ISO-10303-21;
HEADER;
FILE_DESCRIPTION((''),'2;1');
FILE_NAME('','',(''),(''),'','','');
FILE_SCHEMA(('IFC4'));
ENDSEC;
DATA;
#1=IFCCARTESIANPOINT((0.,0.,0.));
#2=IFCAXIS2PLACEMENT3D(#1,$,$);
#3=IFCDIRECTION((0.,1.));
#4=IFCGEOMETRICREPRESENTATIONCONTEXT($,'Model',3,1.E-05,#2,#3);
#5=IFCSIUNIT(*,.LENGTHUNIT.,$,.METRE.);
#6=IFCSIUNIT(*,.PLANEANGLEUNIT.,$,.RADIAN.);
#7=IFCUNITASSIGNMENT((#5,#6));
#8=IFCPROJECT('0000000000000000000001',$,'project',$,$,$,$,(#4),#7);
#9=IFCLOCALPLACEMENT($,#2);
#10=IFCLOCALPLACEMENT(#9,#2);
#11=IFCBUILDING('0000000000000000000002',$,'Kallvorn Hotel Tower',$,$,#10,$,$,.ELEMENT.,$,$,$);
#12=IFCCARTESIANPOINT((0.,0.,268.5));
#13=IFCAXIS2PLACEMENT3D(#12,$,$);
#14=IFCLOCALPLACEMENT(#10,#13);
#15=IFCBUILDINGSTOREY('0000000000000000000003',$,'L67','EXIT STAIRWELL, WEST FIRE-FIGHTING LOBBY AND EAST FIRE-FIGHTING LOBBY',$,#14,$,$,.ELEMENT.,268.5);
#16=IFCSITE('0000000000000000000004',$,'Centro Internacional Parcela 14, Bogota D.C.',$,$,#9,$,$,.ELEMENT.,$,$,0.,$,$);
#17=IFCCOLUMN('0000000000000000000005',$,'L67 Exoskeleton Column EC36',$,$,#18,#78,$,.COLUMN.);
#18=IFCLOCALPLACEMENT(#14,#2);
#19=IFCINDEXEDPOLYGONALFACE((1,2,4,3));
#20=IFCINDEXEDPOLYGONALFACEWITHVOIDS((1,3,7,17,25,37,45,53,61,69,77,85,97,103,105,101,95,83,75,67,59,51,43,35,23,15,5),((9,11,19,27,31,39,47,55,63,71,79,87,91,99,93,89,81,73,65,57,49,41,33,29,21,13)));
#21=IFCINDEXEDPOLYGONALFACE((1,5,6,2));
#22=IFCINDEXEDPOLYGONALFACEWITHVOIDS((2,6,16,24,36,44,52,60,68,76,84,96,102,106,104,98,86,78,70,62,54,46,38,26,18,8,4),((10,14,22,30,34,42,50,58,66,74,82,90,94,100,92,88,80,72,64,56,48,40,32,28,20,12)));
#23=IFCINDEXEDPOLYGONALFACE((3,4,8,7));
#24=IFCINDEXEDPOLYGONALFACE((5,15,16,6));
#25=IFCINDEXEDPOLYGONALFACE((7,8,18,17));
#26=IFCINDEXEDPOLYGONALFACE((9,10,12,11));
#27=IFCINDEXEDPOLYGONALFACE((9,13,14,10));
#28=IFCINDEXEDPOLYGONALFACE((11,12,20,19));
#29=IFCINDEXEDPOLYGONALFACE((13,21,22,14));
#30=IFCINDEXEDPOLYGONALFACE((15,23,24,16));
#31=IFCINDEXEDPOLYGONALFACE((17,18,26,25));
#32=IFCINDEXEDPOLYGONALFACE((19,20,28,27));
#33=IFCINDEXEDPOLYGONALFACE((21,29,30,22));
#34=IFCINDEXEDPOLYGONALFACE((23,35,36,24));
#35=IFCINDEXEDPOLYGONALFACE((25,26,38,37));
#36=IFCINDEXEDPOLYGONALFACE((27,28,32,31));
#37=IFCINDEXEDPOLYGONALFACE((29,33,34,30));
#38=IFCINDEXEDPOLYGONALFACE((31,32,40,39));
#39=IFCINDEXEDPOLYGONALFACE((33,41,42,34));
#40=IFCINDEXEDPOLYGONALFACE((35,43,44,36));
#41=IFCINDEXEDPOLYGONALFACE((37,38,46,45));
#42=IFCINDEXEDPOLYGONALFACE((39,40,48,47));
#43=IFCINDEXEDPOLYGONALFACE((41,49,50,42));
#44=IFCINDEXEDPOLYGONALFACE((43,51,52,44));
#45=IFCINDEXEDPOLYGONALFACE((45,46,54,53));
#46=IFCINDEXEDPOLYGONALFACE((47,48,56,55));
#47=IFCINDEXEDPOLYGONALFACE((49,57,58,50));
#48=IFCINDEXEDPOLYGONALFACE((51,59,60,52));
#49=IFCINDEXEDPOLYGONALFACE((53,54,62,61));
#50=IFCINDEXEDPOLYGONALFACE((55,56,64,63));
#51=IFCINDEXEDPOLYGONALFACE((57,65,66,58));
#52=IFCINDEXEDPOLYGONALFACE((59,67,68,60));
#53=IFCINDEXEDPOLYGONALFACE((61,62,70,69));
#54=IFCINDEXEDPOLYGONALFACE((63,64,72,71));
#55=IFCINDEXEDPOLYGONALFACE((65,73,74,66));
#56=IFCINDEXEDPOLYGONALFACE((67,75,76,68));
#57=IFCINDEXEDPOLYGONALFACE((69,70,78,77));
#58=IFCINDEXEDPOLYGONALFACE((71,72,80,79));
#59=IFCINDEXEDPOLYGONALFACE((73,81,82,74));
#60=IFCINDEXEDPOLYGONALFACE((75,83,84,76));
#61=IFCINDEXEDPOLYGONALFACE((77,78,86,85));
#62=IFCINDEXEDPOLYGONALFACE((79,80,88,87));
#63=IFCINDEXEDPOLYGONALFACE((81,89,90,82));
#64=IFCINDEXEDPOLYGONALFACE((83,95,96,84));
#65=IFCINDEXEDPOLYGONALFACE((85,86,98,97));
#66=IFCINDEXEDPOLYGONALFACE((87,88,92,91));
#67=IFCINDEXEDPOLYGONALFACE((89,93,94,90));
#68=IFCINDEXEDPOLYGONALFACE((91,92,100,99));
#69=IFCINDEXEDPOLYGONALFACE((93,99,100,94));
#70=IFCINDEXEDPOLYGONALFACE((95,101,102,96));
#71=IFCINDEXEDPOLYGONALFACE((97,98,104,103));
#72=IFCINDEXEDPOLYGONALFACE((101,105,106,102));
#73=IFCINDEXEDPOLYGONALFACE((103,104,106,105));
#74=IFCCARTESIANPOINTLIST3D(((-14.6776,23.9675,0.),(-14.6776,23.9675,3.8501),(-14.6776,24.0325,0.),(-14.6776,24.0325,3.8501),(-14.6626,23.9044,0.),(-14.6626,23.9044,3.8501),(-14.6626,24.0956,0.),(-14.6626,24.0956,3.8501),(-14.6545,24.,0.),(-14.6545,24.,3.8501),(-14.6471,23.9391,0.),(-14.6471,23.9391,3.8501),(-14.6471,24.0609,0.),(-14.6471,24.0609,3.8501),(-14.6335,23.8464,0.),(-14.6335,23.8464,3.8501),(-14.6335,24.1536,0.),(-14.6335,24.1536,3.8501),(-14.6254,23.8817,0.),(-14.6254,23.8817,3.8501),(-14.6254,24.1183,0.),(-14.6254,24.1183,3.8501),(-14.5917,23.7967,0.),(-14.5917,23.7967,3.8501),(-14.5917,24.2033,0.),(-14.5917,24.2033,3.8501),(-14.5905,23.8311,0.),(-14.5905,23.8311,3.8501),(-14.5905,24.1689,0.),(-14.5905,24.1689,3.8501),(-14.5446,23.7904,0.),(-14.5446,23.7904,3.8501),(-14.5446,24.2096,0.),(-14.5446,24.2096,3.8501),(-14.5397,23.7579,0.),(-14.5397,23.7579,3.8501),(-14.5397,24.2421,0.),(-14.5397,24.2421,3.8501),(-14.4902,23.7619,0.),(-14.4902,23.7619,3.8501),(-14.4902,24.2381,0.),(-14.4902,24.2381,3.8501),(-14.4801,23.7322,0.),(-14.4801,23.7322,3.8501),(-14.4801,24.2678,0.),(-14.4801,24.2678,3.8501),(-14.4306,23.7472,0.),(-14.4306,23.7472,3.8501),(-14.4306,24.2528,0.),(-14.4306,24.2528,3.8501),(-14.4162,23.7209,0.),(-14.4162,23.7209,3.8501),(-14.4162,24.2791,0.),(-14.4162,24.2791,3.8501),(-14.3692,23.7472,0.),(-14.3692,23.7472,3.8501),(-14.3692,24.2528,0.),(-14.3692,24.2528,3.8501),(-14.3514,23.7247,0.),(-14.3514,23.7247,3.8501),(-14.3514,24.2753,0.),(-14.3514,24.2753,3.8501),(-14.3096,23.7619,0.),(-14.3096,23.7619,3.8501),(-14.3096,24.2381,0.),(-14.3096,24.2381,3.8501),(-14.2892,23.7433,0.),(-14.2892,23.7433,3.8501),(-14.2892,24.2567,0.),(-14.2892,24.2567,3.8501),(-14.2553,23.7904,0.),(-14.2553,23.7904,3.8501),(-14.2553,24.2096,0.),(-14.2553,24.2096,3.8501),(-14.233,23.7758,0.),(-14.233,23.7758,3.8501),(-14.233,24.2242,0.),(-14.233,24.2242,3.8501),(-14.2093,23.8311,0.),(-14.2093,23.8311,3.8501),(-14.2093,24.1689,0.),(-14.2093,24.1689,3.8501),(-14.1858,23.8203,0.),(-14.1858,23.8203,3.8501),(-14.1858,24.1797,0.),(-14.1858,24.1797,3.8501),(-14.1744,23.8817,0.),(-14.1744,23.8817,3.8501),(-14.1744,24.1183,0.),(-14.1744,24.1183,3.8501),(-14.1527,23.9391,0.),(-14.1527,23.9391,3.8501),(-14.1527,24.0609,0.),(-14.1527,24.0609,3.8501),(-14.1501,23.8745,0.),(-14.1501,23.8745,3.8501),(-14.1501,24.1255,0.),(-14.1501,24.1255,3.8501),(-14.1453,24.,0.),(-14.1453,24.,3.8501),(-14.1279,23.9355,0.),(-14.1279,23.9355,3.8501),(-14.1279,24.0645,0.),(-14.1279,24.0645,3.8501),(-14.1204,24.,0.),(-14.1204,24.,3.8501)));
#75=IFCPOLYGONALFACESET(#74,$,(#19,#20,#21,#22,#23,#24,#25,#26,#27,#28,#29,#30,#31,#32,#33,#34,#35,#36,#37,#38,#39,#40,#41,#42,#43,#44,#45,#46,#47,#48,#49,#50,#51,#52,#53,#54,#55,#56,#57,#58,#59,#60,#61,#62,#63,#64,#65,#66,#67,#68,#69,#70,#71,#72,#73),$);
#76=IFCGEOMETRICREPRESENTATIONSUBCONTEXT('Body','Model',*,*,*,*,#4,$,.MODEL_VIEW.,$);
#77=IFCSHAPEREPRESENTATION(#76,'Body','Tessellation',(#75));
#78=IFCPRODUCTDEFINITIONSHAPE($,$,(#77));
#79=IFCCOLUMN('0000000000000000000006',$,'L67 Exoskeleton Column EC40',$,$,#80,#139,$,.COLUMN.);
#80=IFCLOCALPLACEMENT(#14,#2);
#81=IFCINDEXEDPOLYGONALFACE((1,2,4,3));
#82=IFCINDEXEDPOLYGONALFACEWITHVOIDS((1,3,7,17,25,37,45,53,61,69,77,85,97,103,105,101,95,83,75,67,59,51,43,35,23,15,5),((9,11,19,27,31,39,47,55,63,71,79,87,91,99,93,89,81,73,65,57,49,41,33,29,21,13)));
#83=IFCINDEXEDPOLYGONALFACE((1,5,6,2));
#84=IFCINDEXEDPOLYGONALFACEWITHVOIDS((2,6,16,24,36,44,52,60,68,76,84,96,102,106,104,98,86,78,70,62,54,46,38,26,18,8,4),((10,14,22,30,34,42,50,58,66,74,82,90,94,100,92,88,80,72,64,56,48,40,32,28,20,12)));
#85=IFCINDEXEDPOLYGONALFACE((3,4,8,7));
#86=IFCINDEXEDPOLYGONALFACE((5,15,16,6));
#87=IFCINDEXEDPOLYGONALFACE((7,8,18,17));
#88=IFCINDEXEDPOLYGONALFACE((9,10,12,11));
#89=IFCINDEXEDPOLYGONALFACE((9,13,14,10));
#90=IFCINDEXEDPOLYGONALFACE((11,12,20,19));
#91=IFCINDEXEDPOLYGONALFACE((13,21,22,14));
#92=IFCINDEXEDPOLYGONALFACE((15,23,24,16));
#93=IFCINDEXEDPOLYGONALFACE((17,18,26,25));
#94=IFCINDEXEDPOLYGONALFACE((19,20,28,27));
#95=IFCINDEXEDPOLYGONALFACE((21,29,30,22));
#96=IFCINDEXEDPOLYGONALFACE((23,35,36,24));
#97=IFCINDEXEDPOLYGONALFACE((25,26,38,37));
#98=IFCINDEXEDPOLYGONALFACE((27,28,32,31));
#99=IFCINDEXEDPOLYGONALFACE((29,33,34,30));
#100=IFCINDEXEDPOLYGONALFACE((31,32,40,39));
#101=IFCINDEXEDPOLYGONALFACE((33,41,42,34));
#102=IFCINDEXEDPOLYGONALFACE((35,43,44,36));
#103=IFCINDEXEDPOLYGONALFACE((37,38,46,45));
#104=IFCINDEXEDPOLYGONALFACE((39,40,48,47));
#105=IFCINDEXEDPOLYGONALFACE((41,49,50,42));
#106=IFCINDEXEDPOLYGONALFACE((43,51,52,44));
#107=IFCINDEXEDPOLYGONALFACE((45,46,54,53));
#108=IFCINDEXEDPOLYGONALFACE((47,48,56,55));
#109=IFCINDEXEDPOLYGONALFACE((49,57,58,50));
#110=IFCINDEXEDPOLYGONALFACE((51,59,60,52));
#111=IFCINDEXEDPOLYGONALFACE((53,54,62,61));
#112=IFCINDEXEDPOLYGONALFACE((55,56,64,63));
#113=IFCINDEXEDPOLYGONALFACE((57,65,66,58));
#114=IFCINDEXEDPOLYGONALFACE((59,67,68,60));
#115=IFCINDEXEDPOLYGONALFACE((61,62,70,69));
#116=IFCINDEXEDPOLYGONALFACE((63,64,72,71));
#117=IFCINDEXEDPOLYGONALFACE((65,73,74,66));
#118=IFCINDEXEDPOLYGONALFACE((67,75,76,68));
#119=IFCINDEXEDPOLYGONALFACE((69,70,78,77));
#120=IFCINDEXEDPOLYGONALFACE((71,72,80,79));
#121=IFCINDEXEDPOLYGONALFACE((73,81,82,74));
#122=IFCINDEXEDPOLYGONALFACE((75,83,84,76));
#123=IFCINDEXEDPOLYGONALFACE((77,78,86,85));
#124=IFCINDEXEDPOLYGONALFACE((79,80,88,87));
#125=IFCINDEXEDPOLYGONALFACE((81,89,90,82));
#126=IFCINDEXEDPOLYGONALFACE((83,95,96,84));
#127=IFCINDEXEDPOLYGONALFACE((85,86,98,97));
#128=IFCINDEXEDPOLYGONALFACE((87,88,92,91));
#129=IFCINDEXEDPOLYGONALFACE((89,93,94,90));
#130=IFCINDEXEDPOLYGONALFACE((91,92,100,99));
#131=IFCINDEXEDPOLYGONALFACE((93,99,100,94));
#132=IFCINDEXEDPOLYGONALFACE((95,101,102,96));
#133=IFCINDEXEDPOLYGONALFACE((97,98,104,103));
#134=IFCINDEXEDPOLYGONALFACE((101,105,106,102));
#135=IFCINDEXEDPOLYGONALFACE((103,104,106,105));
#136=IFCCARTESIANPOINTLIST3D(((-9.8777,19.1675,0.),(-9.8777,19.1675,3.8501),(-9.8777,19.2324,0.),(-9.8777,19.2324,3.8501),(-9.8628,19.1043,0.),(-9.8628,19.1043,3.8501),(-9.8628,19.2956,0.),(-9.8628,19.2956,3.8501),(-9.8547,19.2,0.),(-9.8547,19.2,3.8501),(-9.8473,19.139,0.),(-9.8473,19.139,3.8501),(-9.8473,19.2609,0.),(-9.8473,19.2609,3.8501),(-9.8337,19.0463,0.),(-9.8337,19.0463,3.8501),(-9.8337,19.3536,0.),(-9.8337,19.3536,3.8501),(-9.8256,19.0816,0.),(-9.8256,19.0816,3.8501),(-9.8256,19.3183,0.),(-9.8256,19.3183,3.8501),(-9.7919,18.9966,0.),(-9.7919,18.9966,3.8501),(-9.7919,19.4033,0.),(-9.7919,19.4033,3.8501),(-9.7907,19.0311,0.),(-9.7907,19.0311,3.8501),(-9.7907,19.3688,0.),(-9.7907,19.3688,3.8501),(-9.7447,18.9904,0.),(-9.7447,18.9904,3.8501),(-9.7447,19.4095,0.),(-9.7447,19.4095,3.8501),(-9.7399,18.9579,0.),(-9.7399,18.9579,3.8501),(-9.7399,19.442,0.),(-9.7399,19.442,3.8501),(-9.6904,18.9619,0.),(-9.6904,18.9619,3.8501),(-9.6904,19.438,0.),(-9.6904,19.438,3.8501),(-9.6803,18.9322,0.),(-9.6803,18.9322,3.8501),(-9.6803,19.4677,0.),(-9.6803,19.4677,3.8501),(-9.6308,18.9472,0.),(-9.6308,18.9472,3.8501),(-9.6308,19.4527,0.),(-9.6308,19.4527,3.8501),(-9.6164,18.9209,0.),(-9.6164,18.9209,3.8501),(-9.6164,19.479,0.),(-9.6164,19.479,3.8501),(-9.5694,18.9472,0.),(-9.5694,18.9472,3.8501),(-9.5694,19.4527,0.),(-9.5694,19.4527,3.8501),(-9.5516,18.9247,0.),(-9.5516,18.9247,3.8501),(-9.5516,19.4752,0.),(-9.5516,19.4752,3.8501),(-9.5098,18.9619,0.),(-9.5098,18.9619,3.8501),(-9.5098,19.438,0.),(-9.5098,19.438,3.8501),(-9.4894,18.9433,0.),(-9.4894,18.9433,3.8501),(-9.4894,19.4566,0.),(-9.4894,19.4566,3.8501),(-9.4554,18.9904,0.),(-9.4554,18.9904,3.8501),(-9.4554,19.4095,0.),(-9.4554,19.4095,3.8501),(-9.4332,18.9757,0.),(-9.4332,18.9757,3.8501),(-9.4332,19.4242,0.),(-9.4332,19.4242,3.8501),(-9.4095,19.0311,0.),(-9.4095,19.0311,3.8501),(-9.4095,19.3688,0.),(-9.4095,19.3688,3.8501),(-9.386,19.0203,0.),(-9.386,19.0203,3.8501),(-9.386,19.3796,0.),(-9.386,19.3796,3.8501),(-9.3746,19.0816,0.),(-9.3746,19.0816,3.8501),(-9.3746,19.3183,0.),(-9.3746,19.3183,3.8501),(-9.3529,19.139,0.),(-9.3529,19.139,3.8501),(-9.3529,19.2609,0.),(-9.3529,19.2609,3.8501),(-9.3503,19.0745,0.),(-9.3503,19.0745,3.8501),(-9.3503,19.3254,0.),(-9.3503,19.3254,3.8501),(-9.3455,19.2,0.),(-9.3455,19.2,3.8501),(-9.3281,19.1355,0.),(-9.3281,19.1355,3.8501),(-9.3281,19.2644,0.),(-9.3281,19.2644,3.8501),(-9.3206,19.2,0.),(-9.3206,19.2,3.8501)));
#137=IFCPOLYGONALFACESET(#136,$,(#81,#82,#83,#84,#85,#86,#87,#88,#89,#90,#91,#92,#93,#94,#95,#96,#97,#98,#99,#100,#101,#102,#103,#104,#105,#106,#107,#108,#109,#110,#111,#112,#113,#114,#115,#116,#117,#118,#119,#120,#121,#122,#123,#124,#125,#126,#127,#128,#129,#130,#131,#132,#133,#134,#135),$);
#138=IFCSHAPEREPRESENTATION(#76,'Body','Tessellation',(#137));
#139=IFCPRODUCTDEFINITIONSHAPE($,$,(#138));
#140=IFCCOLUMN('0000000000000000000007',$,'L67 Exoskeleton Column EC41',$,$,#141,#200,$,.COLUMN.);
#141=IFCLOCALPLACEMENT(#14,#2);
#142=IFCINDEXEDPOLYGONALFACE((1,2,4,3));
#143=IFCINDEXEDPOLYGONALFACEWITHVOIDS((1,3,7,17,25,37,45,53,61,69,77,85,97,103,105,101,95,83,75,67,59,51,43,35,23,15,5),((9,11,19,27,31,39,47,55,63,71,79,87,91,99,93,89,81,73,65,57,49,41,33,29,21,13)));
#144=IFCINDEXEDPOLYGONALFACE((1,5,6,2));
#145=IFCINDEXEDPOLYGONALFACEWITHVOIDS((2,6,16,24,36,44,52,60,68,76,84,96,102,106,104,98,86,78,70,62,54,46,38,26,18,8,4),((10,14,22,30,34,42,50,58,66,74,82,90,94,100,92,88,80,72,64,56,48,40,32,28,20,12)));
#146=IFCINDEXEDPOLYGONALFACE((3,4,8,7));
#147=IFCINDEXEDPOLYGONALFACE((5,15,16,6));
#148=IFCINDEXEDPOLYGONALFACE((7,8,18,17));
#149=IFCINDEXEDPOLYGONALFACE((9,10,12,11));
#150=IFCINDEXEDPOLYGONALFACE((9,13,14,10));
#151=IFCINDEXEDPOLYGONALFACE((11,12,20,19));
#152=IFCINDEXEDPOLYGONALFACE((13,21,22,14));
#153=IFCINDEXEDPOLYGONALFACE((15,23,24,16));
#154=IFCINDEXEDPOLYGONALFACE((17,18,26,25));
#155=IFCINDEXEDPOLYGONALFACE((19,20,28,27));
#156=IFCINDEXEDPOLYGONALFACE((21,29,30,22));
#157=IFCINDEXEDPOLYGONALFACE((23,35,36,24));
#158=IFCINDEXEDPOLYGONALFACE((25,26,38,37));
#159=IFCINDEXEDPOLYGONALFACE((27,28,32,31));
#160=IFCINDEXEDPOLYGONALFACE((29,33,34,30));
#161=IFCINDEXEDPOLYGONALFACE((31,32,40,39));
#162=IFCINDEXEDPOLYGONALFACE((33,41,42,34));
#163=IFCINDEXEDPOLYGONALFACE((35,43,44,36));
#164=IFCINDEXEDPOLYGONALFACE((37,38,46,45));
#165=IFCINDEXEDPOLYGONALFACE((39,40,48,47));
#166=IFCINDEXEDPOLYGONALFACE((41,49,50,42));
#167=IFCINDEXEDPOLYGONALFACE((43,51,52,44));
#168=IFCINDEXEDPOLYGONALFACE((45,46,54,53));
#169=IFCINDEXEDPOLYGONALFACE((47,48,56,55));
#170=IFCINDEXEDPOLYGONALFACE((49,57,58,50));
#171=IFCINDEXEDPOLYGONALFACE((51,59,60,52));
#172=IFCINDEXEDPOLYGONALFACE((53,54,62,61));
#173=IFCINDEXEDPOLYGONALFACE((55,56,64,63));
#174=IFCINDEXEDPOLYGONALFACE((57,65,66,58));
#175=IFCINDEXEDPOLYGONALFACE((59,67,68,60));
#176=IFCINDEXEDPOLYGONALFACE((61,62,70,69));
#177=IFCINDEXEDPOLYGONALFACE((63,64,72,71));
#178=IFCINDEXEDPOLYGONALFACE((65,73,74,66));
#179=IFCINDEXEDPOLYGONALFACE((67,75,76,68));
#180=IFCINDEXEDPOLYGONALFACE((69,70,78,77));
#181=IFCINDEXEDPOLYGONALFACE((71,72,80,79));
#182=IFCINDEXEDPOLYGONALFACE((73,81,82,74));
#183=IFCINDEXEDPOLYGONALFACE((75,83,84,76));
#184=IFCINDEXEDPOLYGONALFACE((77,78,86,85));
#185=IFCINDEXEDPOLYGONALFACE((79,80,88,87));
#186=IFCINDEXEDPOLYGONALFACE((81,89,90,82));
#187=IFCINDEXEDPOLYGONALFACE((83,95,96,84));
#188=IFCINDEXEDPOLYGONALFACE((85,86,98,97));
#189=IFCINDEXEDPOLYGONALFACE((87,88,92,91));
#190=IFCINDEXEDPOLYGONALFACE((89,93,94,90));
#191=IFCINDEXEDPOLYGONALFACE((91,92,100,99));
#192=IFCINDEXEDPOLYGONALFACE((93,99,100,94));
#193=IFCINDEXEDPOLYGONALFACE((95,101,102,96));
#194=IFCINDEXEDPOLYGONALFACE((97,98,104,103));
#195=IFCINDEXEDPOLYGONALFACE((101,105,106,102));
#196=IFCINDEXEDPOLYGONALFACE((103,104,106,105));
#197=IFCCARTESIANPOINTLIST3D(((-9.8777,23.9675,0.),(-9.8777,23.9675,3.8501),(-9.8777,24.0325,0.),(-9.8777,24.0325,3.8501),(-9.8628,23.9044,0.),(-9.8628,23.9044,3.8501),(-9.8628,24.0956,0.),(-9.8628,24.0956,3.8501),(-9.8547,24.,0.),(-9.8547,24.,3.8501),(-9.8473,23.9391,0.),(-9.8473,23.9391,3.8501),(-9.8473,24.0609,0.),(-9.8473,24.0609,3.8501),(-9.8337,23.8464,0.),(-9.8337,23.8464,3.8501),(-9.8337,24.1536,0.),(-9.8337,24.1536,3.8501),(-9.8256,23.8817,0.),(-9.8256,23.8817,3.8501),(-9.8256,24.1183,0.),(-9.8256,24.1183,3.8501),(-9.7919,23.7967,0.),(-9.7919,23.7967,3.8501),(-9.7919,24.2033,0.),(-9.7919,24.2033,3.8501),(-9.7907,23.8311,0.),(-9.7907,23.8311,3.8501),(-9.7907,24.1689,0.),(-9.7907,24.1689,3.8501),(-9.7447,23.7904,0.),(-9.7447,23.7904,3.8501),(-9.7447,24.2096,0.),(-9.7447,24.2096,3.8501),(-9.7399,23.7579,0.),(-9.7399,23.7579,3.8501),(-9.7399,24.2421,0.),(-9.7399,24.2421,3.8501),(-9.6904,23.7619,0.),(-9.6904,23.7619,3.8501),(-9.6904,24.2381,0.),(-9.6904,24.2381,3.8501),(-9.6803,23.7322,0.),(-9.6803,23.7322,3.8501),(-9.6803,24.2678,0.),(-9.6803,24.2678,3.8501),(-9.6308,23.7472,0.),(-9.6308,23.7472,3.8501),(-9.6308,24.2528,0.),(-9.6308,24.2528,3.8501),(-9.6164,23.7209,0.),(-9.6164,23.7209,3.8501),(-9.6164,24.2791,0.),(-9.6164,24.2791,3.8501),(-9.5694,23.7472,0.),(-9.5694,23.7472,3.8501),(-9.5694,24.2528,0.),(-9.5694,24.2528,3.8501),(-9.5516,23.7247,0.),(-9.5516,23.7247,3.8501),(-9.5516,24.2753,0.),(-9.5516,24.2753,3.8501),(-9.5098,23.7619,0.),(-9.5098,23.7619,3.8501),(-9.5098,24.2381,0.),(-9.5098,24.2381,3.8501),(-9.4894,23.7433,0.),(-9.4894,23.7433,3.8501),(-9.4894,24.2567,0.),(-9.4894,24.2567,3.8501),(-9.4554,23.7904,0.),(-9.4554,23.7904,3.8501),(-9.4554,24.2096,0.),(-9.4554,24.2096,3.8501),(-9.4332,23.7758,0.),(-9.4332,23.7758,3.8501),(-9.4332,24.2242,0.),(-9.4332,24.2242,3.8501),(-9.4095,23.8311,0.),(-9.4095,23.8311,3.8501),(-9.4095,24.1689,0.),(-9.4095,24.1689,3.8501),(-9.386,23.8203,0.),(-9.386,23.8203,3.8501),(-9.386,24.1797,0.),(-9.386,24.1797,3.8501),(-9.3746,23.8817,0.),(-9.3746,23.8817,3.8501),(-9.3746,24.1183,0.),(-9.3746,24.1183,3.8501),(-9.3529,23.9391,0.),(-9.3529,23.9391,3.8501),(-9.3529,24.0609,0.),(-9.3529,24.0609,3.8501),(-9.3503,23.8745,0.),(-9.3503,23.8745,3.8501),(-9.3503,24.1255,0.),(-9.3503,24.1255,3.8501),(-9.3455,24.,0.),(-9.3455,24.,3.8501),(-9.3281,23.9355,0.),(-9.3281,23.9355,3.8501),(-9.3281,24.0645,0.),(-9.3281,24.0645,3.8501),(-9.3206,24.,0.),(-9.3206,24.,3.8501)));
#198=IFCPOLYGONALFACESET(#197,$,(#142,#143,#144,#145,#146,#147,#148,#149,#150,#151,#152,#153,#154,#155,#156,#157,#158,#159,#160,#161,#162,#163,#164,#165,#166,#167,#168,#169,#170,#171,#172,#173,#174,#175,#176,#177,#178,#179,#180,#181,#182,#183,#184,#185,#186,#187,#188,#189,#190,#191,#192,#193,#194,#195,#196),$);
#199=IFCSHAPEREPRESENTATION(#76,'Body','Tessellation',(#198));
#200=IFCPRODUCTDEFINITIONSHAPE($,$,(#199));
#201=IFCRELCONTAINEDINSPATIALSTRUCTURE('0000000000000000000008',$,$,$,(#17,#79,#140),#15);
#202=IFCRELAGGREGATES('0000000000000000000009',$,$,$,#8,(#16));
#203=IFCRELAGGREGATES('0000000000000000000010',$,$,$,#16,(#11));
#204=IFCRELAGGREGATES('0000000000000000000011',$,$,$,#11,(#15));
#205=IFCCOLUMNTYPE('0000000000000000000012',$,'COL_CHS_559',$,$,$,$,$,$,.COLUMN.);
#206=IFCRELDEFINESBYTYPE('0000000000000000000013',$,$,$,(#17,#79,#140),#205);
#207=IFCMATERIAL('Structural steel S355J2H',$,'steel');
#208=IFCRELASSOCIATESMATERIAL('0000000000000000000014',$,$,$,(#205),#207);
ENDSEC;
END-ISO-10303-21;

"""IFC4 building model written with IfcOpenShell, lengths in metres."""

from ifc_helpers import new_model, si_unit, direction, frame, origin, origin_2d, place, context, subcontext, project, spatial, hollow_circle, extrude, material, material_profile, profile_set, type_object, element, save


model = new_model("IFC4")

# Units and contexts
model_context = context("Model", 3, precision=1e-05, world=origin(), true_north=direction((0.0, 1.0)))
body_context = subcontext(model_context, "Body", "Model", "MODEL_VIEW")
ifc_project = project(units=[si_unit("LENGTHUNIT", "METRE"), si_unit("PLANEANGLEUNIT", "RADIAN")], contexts=[model_context])

# Site, building, storey
site_placement = place(None, origin())
site = spatial("IfcSite", under=ifc_project, at=site_placement, Name="Centro Internacional Parcela 14, Bogota D.C.", CompositionType="ELEMENT", RefElevation=0.0)
building_placement = place(site_placement, origin())
building = spatial("IfcBuilding", under=site, at=building_placement, Name="Kallvorn Hotel Tower", CompositionType="ELEMENT")
storey_placement = place(building_placement, frame((0.0, 0.0, 268.5)))
storey = spatial("IfcBuildingStorey", under=building, at=storey_placement, Name="L67", Description="EXIT STAIRWELL, WEST FIRE-FIGHTING LOBBY AND EAST FIRE-FIGHTING LOBBY", CompositionType="ELEMENT", Elevation=268.5)

# Columns
ifc_material_1 = material(Name="Structural steel S355J2H", Category="steel")
ifc_material_profile_1 = material_profile(ifc_material_1, hollow_circle(Radius=0.2795, WallThickness=0.0249, at=origin_2d()), Name="CHS 559x25")
ifc_profile_set_1 = profile_set([ifc_material_profile_1], Name="Structural steel S355J2H")
column_type_1 = type_object("IfcColumnType", Name="COL_CHS_559", PredefinedType="COLUMN", material=ifc_profile_set_1)
for number, where, z_axis, x_axis, name in (
    (1, (-14.3999, 24.0, 0.0), (0.0, 0.0, 1.0), (1.0, 0.0, 0.0), "L67 Exoskeleton Column EC36"),
    (2, (-9.6001, 19.2, 0.0), (0.0, 0.0, 1.0), (1.0, 0.0, 0.0), "L67 Exoskeleton Column EC40"),
    (3, (-9.6001, 24.0, 0.0), (0.0, 0.0, 1.0), (1.0, 0.0, 0.0), "L67 Exoskeleton Column EC41"),
):
    element("IfcColumn", number, at=place(storey_placement, frame(where, z_axis=z_axis, x_axis=x_axis)), inside=storey, type_object=column_type_1, Name=name, PredefinedType="COLUMN", context=body_context, shape_type="SweptSolid", body=[
        extrude(hollow_circle(Radius=0.2795, WallThickness=0.0249, at=origin_2d()), origin(), (0.0, 0.0, 1.0), 3.8501),
    ])

save(model, "model.ifc")
